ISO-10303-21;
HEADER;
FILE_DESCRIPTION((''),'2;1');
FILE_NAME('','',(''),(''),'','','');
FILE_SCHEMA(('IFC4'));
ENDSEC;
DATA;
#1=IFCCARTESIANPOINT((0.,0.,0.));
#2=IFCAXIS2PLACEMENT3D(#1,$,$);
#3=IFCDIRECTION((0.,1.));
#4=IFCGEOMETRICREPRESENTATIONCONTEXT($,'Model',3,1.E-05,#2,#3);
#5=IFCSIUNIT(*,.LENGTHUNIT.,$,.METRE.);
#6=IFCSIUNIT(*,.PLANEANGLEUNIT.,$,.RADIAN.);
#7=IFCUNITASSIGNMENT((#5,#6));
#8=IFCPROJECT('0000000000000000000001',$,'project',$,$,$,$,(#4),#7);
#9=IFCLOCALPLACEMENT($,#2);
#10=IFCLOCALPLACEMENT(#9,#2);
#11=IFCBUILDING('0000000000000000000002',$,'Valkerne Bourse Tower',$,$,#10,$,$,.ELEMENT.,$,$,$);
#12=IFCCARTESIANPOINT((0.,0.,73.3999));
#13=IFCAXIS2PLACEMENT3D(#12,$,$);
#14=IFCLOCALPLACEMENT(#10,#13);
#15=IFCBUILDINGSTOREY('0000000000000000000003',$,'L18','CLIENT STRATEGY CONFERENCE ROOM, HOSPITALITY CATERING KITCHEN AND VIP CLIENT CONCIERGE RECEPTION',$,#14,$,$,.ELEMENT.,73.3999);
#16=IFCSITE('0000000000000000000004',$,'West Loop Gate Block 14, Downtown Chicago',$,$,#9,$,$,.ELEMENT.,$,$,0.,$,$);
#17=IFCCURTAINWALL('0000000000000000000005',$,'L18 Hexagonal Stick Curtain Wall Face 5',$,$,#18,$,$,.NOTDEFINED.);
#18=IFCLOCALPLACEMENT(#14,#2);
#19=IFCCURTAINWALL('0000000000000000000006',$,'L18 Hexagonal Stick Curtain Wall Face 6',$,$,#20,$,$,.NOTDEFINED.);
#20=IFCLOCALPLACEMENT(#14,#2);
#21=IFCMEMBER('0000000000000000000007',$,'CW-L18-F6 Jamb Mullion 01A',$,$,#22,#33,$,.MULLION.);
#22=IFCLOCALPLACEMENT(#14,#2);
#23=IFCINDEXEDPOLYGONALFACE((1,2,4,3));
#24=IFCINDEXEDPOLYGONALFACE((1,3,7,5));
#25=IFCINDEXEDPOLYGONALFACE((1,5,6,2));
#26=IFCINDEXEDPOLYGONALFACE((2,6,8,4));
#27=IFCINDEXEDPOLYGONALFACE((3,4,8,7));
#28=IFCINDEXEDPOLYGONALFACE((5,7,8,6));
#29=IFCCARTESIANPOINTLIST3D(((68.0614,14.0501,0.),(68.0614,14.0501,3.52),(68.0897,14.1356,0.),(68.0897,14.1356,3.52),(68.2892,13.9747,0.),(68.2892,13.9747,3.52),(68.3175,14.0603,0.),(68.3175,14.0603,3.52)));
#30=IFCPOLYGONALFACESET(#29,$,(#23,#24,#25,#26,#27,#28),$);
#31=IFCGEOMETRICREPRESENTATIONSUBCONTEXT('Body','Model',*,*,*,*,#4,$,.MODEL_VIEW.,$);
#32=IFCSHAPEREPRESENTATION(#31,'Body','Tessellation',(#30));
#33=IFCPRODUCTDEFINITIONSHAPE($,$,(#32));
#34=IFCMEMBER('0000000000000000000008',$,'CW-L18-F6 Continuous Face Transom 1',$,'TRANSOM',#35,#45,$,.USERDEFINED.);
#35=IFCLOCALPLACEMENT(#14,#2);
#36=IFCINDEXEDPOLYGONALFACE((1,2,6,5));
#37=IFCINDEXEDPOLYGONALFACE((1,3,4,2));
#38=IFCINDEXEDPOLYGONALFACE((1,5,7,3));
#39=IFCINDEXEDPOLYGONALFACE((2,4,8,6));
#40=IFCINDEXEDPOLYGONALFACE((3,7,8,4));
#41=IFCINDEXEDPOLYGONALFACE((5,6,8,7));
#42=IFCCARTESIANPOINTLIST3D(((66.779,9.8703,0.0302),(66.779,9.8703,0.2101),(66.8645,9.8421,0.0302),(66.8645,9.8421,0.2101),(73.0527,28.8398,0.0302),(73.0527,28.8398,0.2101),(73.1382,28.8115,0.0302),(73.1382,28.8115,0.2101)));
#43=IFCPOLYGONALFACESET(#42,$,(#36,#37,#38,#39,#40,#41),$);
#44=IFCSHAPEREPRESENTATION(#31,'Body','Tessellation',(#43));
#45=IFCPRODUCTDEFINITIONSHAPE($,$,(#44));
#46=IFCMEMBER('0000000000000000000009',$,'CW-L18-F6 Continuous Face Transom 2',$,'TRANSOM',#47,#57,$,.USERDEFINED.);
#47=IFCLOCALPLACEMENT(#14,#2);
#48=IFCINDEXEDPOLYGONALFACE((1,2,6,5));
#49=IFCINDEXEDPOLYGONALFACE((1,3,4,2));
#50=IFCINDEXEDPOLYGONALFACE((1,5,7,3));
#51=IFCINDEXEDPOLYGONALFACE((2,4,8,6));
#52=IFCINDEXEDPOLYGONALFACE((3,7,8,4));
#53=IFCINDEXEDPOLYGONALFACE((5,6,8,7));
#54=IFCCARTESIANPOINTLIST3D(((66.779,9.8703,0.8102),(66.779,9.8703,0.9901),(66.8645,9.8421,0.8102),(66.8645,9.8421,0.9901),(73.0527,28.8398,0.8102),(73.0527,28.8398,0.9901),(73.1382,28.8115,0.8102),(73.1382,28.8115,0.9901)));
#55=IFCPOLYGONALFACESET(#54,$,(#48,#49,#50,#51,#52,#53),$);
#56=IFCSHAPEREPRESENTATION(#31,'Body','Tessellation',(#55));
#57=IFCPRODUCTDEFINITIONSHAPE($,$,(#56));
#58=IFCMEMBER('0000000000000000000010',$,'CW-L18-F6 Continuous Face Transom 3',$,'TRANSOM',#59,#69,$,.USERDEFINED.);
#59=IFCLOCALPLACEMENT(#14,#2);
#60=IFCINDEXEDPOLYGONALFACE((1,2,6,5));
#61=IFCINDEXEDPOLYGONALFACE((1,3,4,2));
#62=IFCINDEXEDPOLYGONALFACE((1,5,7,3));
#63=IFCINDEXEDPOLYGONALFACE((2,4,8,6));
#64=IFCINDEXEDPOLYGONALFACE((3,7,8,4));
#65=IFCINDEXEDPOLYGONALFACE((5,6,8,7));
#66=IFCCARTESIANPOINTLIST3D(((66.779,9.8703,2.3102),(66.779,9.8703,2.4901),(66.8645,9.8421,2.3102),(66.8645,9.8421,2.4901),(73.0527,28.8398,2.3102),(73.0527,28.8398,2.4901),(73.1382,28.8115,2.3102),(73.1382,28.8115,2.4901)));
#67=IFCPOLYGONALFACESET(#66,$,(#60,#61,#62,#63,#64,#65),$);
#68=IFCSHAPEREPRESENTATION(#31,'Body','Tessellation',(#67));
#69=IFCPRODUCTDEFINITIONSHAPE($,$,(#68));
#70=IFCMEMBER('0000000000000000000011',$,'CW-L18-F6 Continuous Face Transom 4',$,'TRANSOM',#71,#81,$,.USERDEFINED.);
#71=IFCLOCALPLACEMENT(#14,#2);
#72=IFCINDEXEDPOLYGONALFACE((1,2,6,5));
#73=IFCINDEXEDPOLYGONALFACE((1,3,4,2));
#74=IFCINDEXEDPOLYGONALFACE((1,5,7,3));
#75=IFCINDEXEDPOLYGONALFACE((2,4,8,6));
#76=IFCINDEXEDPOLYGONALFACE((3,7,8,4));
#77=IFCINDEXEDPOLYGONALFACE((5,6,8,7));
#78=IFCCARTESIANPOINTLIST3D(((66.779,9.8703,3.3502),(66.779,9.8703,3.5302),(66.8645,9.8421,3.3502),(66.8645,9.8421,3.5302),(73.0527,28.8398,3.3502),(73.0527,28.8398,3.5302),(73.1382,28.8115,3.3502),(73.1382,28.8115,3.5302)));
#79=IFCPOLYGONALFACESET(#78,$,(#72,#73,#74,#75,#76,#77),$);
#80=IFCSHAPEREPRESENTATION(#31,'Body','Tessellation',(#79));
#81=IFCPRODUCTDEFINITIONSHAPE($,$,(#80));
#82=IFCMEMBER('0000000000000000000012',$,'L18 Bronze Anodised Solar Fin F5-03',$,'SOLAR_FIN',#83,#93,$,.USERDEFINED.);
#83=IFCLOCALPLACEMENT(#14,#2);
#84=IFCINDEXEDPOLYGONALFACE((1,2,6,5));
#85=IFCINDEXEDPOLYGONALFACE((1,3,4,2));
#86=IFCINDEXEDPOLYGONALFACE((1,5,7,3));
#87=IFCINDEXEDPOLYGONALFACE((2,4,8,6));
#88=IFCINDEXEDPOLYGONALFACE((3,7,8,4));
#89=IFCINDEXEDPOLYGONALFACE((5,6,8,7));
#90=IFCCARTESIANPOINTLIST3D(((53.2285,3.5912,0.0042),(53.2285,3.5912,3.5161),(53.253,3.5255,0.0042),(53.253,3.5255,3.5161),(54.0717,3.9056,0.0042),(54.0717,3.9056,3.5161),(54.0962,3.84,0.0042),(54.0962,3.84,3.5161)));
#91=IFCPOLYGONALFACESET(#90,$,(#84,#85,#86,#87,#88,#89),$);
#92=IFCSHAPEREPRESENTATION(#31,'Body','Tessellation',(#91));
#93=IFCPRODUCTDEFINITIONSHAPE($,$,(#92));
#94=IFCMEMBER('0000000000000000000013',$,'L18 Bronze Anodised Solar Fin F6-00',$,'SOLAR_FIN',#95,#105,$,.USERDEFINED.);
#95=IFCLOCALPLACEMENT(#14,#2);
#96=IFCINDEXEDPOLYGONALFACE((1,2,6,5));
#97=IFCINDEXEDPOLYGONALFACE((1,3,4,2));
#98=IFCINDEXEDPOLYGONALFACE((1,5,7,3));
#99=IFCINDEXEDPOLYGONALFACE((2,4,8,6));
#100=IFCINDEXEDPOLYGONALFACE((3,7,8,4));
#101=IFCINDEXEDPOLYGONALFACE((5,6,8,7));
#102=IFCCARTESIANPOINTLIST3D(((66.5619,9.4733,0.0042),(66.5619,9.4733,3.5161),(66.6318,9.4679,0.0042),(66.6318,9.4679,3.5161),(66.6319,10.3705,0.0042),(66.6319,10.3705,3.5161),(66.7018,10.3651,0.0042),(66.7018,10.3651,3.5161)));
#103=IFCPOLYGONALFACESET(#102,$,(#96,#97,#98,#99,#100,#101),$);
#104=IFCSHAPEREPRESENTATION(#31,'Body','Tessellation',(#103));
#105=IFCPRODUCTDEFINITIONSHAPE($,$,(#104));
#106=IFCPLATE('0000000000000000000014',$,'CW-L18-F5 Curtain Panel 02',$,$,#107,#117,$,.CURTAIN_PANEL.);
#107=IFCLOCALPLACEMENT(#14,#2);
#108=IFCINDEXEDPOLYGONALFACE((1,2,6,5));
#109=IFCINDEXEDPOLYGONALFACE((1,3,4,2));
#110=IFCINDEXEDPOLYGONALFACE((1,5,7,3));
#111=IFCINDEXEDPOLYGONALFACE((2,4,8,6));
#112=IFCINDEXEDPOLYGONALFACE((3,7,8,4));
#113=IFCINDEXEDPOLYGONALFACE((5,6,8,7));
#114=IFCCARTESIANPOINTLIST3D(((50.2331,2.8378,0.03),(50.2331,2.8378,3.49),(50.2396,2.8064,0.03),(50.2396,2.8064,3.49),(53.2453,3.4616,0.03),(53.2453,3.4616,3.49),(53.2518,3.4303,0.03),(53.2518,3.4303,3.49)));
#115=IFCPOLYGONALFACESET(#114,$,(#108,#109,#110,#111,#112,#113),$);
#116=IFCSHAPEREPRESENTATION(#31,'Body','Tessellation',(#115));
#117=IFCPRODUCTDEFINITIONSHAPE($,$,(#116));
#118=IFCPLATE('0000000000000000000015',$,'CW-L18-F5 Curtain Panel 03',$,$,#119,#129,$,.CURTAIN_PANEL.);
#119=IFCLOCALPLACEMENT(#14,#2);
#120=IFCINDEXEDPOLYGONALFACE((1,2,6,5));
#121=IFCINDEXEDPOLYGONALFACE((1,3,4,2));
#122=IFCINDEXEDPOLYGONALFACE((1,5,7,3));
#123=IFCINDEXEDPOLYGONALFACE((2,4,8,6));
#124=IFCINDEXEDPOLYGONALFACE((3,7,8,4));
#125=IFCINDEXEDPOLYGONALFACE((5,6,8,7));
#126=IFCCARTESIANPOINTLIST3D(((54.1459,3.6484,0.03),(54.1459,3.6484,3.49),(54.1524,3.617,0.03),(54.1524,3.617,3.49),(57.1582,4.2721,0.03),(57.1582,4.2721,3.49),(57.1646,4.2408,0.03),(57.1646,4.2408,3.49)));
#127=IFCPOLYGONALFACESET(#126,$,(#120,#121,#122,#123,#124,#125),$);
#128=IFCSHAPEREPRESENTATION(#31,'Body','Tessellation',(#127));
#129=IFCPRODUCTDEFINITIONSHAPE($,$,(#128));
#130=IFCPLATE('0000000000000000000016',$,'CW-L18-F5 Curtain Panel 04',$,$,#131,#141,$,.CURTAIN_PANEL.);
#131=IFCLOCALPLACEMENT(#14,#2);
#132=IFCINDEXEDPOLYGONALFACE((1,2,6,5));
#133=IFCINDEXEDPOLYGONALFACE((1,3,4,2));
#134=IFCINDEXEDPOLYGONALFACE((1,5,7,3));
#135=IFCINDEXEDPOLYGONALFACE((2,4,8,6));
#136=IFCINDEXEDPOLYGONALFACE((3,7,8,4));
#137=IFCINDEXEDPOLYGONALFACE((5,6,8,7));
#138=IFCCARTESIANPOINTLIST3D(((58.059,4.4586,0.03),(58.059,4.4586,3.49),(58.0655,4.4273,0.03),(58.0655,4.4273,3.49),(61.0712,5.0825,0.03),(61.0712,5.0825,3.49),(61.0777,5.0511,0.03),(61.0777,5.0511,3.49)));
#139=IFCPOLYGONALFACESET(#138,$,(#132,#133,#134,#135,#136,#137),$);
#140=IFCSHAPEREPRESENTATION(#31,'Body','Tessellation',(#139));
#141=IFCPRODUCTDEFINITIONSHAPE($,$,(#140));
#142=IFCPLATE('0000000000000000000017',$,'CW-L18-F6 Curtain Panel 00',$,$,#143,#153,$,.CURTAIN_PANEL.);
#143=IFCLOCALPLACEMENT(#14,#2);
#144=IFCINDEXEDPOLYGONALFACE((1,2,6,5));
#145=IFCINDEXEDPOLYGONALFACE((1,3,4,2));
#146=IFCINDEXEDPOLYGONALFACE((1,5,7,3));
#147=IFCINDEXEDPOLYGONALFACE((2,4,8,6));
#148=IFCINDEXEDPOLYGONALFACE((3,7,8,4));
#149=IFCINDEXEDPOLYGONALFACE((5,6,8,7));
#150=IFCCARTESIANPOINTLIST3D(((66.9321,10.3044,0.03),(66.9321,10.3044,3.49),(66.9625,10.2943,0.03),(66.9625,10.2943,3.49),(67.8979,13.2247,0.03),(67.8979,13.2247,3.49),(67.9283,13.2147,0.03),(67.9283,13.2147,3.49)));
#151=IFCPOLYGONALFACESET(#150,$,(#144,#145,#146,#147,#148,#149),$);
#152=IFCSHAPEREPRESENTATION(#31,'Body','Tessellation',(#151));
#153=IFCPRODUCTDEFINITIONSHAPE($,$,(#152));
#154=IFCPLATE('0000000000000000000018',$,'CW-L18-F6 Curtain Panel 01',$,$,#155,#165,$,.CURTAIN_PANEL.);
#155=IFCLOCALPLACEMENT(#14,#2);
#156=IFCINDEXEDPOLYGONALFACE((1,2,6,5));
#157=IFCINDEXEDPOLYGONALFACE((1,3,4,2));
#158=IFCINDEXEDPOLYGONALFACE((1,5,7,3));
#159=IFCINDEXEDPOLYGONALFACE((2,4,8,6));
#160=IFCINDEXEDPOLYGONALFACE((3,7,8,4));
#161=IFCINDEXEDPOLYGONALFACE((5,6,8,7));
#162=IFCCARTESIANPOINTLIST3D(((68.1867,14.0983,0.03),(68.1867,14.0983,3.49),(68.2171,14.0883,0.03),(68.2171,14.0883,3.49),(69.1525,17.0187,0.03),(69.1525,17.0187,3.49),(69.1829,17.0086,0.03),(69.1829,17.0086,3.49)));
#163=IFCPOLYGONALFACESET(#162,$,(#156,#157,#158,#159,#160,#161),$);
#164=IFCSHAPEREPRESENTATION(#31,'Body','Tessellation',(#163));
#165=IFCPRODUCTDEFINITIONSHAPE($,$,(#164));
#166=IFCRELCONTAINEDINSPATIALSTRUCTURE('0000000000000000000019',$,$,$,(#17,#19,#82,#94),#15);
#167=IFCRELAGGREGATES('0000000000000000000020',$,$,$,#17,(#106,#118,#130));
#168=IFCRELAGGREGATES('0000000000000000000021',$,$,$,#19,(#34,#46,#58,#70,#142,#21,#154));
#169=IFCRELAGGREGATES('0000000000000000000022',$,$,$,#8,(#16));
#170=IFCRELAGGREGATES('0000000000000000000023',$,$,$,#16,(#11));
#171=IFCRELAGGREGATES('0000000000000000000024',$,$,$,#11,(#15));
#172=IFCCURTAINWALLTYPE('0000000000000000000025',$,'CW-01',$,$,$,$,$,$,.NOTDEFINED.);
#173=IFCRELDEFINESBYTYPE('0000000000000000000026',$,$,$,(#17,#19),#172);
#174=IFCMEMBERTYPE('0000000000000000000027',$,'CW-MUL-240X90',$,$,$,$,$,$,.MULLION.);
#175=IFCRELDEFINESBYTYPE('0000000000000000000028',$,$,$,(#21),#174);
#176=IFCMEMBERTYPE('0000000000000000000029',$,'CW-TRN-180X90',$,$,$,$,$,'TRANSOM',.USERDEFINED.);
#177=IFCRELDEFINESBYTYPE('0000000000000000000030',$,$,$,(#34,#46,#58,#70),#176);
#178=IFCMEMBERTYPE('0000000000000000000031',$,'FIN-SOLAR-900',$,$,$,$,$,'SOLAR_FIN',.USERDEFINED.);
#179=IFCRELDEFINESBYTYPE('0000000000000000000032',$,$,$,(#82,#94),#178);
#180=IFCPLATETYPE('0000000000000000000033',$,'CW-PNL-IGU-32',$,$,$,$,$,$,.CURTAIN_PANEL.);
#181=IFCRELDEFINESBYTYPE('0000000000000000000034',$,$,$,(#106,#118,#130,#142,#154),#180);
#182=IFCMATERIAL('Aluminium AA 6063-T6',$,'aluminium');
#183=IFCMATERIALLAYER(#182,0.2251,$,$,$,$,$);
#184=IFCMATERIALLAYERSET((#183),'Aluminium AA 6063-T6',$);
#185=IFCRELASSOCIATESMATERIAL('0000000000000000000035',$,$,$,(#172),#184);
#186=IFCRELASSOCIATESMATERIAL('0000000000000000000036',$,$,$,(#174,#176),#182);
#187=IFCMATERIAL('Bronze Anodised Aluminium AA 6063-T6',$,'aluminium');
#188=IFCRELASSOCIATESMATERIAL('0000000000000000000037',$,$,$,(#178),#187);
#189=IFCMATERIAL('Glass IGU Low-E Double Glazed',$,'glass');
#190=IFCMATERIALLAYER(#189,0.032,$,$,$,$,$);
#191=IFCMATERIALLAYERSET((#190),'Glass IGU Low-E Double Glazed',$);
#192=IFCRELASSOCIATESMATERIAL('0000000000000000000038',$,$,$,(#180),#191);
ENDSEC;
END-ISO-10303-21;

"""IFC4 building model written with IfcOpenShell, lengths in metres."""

from ifc_helpers import new_model, si_unit, direction, frame, origin, origin_2d, place, context, subcontext, project, spatial, rectangle, extrude, material, layer, layer_set, material_profile, profile_set, type_object, element, aggregate, save


model = new_model("IFC4")

# Units and contexts
model_context = context("Model", 3, precision=1e-05, world=origin(), true_north=direction((0.0, 1.0)))
body_context = subcontext(model_context, "Body", "Model", "MODEL_VIEW")
ifc_project = project(units=[si_unit("LENGTHUNIT", "METRE"), si_unit("PLANEANGLEUNIT", "RADIAN")], contexts=[model_context])

# Site, building, storey
site_placement = place(None, origin())
site = spatial("IfcSite", under=ifc_project, at=site_placement, Name="West Loop Gate Block 14, Downtown Chicago", CompositionType="ELEMENT", RefElevation=0.0)
building_placement = place(site_placement, origin())
building = spatial("IfcBuilding", under=site, at=building_placement, Name="Valkerne Bourse Tower", CompositionType="ELEMENT")
storey_placement = place(building_placement, frame((0.0, 0.0, 73.3999)))
storey = spatial("IfcBuildingStorey", under=building, at=storey_placement, Name="L18", Description="CLIENT STRATEGY CONFERENCE ROOM, HOSPITALITY CATERING KITCHEN AND VIP CLIENT CONCIERGE RECEPTION", CompositionType="ELEMENT", Elevation=73.3999)

# Curtain walls, members
ifc_material_1 = material(Name="Aluminium AA 6063-T6", Category="aluminium")
ifc_layer_1 = layer(ifc_material_1, 0.2251)
ifc_layer_set_1 = layer_set([ifc_layer_1], Name="Aluminium AA 6063-T6")
curtain_wall_type = type_object("IfcCurtainWallType", Name="CW-01", PredefinedType="NOTDEFINED", material=ifc_layer_set_1)
curtain_wall_1_placement = place(storey_placement, origin())
curtain_wall_1 = element("IfcCurtainWall", 1, at=curtain_wall_1_placement, inside=storey, type_object=curtain_wall_type, Name="L18 Hexagonal Stick Curtain Wall Face 5", PredefinedType="NOTDEFINED")
ifc_material_profile_1 = material_profile(ifc_material_1, rectangle(XDim=0.0901, YDim=0.24, at=origin_2d()), Name="CWM-90X240")
ifc_profile_set_1 = profile_set([ifc_material_profile_1], Name="Aluminium AA 6063-T6")
member_type_1 = type_object("IfcMemberType", Name="CW-MUL-240X90", PredefinedType="MULLION", material=ifc_profile_set_1)
curtain_wall_2_placement = place(storey_placement, origin())
curtain_wall_2 = element("IfcCurtainWall", 2, at=curtain_wall_2_placement, inside=storey, type_object=curtain_wall_type, Name="L18 Hexagonal Stick Curtain Wall Face 6", PredefinedType="NOTDEFINED")
member_1_placement = place(storey_placement, frame((68.1895, 14.0552, 0.0), z_axis=(0.0, 0.0, 1.0), x_axis=(0.31399, 0.949426, 0.0)))
member_1 = element("IfcMember", 3, at=member_1_placement, type_object=member_type_1, Name="CW-L18-F6 Jamb Mullion 01A", PredefinedType="MULLION", context=body_context, shape_type="SweptSolid", body=[
    extrude(rectangle(XDim=0.0901, YDim=0.24, at=origin_2d()), origin(), (0.0, 0.0, 1.0), 3.52),
])
ifc_material_profile_2 = material_profile(ifc_material_1, rectangle(XDim=0.0901, YDim=0.1799, at=origin_2d()), Name="CWT-90X180")
ifc_profile_set_2 = profile_set([ifc_material_profile_2], Name="Aluminium AA 6063-T6")
member_type_2 = type_object("IfcMemberType", Name="CW-TRN-180X90", ElementType="TRANSOM", PredefinedType="USERDEFINED", material=ifc_profile_set_2)
member_2_placement = place(storey_placement, frame((66.8218, 9.8562, 0.1201), z_axis=(0.313998, 0.949424, 0.0), x_axis=(-0.949424, 0.313998, 0.0)))
member_2 = element("IfcMember", 4, at=member_2_placement, type_object=member_type_2, Name="CW-L18-F6 Continuous Face Transom 1", ObjectType="TRANSOM", PredefinedType="USERDEFINED", context=body_context, shape_type="SweptSolid", body=[
    extrude(rectangle(XDim=0.0901, YDim=0.1799, at=origin_2d()), origin(), (0.0, 0.0, 1.0), 19.98),
])
member_3_placement = place(storey_placement, frame((66.8218, 9.8562, 0.9001), z_axis=(0.313998, 0.949424, 0.0), x_axis=(-0.949424, 0.313998, 0.0)))
member_3 = element("IfcMember", 5, at=member_3_placement, type_object=member_type_2, Name="CW-L18-F6 Continuous Face Transom 2", ObjectType="TRANSOM", PredefinedType="USERDEFINED", context=body_context, shape_type="SweptSolid", body=[
    extrude(rectangle(XDim=0.0901, YDim=0.1799, at=origin_2d()), origin(), (0.0, 0.0, 1.0), 19.98),
])
member_4_placement = place(storey_placement, frame((66.8218, 9.8562, 2.4001), z_axis=(0.313998, 0.949424, 0.0), x_axis=(-0.949424, 0.313998, 0.0)))
member_4 = element("IfcMember", 6, at=member_4_placement, type_object=member_type_2, Name="CW-L18-F6 Continuous Face Transom 3", ObjectType="TRANSOM", PredefinedType="USERDEFINED", context=body_context, shape_type="SweptSolid", body=[
    extrude(rectangle(XDim=0.0901, YDim=0.1799, at=origin_2d()), origin(), (0.0, 0.0, 1.0), 19.98),
])
member_5_placement = place(storey_placement, frame((66.8218, 9.8562, 3.4402), z_axis=(0.313998, 0.949424, 0.0), x_axis=(-0.949424, 0.313998, 0.0)))
member_5 = element("IfcMember", 7, at=member_5_placement, type_object=member_type_2, Name="CW-L18-F6 Continuous Face Transom 4", ObjectType="TRANSOM", PredefinedType="USERDEFINED", context=body_context, shape_type="SweptSolid", body=[
    extrude(rectangle(XDim=0.0901, YDim=0.1799, at=origin_2d()), origin(), (0.0, 0.0, 1.0), 19.98),
])

# Members
ifc_material_2 = material(Name="Bronze Anodised Aluminium AA 6063-T6", Category="aluminium")
ifc_material_profile_3 = material_profile(ifc_material_2, rectangle(XDim=0.0701, YDim=0.8999, at=origin_2d()), Name="FIN-70X900")
ifc_profile_set_3 = profile_set([ifc_material_profile_3], Name="Bronze Anodised Aluminium AA 6063-T6")
member_type_3 = type_object("IfcMemberType", Name="FIN-SOLAR-900", ElementType="SOLAR_FIN", PredefinedType="USERDEFINED", material=ifc_profile_set_3)
for number, where, z_axis, x_axis, name in (
    (8, (53.6624, 3.7156, 0.0042), (0.0, 0.0, 1.0), (0.349434, -0.936961, 0.0), "L18 Bronze Anodised Solar Fin F5-03"),
    (9, (66.6318, 9.9192, 0.0042), (0.0, 0.0, 1.0), (0.996971, -0.077779, 0.0), "L18 Bronze Anodised Solar Fin F6-00"),
):
    element("IfcMember", number, at=place(storey_placement, frame(where, z_axis=z_axis, x_axis=x_axis)), inside=storey, type_object=member_type_3, Name=name, ObjectType="SOLAR_FIN", PredefinedType="USERDEFINED", context=body_context, shape_type="SweptSolid", body=[
        extrude(rectangle(XDim=0.0701, YDim=0.8999, at=origin_2d()), origin(), (0.0, 0.0, 1.0), 3.512),
    ])

# Plates
ifc_material_3 = material(Name="Glass IGU Low-E Double Glazed", Category="glass")
ifc_layer_2 = layer(ifc_material_3, 0.032)
ifc_layer_set_2 = layer_set([ifc_layer_2], Name="Glass IGU Low-E Double Glazed")
plate_type = type_object("IfcPlateType", Name="CW-PNL-IGU-32", PredefinedType="CURTAIN_PANEL", material=ifc_layer_set_2)
plate_1_placement = place(storey_placement, frame((51.7424, 3.134, 0.03), z_axis=(0.0, 0.0, 1.0), x_axis=(0.97922, 0.202801, 0.0)))
plate_1 = element("IfcPlate", 10, at=plate_1_placement, type_object=plate_type, Name="CW-L18-F5 Curtain Panel 02", PredefinedType="CURTAIN_PANEL", context=body_context, shape_type="SweptSolid", body=[
    extrude(rectangle(XDim=3.0762, YDim=0.032, at=origin_2d()), origin(), (0.0, 0.0, 1.0), 3.46),
])
plate_2_placement = place(storey_placement, frame((55.6553, 3.9446, 0.03), z_axis=(0.0, 0.0, 1.0), x_axis=(0.979225, 0.202777, 0.0)))
plate_2 = element("IfcPlate", 11, at=plate_2_placement, type_object=plate_type, Name="CW-L18-F5 Curtain Panel 03", PredefinedType="CURTAIN_PANEL", context=body_context, shape_type="SweptSolid", body=[
    extrude(rectangle(XDim=3.0762, YDim=0.032, at=origin_2d()), origin(), (0.0, 0.0, 1.0), 3.46),
])
plate_3_placement = place(storey_placement, frame((59.5684, 4.7549, 0.03), z_axis=(0.0, 0.0, 1.0), x_axis=(0.97922, 0.202801, 0.0)))
plate_3 = element("IfcPlate", 12, at=plate_3_placement, type_object=plate_type, Name="CW-L18-F5 Curtain Panel 04", PredefinedType="CURTAIN_PANEL", context=body_context, shape_type="SweptSolid", body=[
    extrude(rectangle(XDim=3.0762, YDim=0.032, at=origin_2d()), origin(), (0.0, 0.0, 1.0), 3.46),
])
aggregate(curtain_wall_1, [plate_1, plate_2, plate_3])
plate_4_placement = place(storey_placement, frame((67.4302, 11.7595, 0.03), z_axis=(0.0, 0.0, 1.0), x_axis=(0.31399, 0.949426, 0.0)))
plate_4 = element("IfcPlate", 13, at=plate_4_placement, type_object=plate_type, Name="CW-L18-F6 Curtain Panel 00", PredefinedType="CURTAIN_PANEL", context=body_context, shape_type="SweptSolid", body=[
    extrude(rectangle(XDim=3.0759, YDim=0.032, at=origin_2d()), origin(), (0.0, 0.0, 1.0), 3.46),
])
plate_5_placement = place(storey_placement, frame((68.6848, 15.5535, 0.03), z_axis=(0.0, 0.0, 1.0), x_axis=(0.31399, 0.949426, 0.0)))
plate_5 = element("IfcPlate", 14, at=plate_5_placement, type_object=plate_type, Name="CW-L18-F6 Curtain Panel 01", PredefinedType="CURTAIN_PANEL", context=body_context, shape_type="SweptSolid", body=[
    extrude(rectangle(XDim=3.0759, YDim=0.032, at=origin_2d()), origin(), (0.0, 0.0, 1.0), 3.46),
])
aggregate(curtain_wall_2, [member_2, member_3, member_4, member_5, plate_4, member_1, plate_5])

save(model, "model.ifc")
